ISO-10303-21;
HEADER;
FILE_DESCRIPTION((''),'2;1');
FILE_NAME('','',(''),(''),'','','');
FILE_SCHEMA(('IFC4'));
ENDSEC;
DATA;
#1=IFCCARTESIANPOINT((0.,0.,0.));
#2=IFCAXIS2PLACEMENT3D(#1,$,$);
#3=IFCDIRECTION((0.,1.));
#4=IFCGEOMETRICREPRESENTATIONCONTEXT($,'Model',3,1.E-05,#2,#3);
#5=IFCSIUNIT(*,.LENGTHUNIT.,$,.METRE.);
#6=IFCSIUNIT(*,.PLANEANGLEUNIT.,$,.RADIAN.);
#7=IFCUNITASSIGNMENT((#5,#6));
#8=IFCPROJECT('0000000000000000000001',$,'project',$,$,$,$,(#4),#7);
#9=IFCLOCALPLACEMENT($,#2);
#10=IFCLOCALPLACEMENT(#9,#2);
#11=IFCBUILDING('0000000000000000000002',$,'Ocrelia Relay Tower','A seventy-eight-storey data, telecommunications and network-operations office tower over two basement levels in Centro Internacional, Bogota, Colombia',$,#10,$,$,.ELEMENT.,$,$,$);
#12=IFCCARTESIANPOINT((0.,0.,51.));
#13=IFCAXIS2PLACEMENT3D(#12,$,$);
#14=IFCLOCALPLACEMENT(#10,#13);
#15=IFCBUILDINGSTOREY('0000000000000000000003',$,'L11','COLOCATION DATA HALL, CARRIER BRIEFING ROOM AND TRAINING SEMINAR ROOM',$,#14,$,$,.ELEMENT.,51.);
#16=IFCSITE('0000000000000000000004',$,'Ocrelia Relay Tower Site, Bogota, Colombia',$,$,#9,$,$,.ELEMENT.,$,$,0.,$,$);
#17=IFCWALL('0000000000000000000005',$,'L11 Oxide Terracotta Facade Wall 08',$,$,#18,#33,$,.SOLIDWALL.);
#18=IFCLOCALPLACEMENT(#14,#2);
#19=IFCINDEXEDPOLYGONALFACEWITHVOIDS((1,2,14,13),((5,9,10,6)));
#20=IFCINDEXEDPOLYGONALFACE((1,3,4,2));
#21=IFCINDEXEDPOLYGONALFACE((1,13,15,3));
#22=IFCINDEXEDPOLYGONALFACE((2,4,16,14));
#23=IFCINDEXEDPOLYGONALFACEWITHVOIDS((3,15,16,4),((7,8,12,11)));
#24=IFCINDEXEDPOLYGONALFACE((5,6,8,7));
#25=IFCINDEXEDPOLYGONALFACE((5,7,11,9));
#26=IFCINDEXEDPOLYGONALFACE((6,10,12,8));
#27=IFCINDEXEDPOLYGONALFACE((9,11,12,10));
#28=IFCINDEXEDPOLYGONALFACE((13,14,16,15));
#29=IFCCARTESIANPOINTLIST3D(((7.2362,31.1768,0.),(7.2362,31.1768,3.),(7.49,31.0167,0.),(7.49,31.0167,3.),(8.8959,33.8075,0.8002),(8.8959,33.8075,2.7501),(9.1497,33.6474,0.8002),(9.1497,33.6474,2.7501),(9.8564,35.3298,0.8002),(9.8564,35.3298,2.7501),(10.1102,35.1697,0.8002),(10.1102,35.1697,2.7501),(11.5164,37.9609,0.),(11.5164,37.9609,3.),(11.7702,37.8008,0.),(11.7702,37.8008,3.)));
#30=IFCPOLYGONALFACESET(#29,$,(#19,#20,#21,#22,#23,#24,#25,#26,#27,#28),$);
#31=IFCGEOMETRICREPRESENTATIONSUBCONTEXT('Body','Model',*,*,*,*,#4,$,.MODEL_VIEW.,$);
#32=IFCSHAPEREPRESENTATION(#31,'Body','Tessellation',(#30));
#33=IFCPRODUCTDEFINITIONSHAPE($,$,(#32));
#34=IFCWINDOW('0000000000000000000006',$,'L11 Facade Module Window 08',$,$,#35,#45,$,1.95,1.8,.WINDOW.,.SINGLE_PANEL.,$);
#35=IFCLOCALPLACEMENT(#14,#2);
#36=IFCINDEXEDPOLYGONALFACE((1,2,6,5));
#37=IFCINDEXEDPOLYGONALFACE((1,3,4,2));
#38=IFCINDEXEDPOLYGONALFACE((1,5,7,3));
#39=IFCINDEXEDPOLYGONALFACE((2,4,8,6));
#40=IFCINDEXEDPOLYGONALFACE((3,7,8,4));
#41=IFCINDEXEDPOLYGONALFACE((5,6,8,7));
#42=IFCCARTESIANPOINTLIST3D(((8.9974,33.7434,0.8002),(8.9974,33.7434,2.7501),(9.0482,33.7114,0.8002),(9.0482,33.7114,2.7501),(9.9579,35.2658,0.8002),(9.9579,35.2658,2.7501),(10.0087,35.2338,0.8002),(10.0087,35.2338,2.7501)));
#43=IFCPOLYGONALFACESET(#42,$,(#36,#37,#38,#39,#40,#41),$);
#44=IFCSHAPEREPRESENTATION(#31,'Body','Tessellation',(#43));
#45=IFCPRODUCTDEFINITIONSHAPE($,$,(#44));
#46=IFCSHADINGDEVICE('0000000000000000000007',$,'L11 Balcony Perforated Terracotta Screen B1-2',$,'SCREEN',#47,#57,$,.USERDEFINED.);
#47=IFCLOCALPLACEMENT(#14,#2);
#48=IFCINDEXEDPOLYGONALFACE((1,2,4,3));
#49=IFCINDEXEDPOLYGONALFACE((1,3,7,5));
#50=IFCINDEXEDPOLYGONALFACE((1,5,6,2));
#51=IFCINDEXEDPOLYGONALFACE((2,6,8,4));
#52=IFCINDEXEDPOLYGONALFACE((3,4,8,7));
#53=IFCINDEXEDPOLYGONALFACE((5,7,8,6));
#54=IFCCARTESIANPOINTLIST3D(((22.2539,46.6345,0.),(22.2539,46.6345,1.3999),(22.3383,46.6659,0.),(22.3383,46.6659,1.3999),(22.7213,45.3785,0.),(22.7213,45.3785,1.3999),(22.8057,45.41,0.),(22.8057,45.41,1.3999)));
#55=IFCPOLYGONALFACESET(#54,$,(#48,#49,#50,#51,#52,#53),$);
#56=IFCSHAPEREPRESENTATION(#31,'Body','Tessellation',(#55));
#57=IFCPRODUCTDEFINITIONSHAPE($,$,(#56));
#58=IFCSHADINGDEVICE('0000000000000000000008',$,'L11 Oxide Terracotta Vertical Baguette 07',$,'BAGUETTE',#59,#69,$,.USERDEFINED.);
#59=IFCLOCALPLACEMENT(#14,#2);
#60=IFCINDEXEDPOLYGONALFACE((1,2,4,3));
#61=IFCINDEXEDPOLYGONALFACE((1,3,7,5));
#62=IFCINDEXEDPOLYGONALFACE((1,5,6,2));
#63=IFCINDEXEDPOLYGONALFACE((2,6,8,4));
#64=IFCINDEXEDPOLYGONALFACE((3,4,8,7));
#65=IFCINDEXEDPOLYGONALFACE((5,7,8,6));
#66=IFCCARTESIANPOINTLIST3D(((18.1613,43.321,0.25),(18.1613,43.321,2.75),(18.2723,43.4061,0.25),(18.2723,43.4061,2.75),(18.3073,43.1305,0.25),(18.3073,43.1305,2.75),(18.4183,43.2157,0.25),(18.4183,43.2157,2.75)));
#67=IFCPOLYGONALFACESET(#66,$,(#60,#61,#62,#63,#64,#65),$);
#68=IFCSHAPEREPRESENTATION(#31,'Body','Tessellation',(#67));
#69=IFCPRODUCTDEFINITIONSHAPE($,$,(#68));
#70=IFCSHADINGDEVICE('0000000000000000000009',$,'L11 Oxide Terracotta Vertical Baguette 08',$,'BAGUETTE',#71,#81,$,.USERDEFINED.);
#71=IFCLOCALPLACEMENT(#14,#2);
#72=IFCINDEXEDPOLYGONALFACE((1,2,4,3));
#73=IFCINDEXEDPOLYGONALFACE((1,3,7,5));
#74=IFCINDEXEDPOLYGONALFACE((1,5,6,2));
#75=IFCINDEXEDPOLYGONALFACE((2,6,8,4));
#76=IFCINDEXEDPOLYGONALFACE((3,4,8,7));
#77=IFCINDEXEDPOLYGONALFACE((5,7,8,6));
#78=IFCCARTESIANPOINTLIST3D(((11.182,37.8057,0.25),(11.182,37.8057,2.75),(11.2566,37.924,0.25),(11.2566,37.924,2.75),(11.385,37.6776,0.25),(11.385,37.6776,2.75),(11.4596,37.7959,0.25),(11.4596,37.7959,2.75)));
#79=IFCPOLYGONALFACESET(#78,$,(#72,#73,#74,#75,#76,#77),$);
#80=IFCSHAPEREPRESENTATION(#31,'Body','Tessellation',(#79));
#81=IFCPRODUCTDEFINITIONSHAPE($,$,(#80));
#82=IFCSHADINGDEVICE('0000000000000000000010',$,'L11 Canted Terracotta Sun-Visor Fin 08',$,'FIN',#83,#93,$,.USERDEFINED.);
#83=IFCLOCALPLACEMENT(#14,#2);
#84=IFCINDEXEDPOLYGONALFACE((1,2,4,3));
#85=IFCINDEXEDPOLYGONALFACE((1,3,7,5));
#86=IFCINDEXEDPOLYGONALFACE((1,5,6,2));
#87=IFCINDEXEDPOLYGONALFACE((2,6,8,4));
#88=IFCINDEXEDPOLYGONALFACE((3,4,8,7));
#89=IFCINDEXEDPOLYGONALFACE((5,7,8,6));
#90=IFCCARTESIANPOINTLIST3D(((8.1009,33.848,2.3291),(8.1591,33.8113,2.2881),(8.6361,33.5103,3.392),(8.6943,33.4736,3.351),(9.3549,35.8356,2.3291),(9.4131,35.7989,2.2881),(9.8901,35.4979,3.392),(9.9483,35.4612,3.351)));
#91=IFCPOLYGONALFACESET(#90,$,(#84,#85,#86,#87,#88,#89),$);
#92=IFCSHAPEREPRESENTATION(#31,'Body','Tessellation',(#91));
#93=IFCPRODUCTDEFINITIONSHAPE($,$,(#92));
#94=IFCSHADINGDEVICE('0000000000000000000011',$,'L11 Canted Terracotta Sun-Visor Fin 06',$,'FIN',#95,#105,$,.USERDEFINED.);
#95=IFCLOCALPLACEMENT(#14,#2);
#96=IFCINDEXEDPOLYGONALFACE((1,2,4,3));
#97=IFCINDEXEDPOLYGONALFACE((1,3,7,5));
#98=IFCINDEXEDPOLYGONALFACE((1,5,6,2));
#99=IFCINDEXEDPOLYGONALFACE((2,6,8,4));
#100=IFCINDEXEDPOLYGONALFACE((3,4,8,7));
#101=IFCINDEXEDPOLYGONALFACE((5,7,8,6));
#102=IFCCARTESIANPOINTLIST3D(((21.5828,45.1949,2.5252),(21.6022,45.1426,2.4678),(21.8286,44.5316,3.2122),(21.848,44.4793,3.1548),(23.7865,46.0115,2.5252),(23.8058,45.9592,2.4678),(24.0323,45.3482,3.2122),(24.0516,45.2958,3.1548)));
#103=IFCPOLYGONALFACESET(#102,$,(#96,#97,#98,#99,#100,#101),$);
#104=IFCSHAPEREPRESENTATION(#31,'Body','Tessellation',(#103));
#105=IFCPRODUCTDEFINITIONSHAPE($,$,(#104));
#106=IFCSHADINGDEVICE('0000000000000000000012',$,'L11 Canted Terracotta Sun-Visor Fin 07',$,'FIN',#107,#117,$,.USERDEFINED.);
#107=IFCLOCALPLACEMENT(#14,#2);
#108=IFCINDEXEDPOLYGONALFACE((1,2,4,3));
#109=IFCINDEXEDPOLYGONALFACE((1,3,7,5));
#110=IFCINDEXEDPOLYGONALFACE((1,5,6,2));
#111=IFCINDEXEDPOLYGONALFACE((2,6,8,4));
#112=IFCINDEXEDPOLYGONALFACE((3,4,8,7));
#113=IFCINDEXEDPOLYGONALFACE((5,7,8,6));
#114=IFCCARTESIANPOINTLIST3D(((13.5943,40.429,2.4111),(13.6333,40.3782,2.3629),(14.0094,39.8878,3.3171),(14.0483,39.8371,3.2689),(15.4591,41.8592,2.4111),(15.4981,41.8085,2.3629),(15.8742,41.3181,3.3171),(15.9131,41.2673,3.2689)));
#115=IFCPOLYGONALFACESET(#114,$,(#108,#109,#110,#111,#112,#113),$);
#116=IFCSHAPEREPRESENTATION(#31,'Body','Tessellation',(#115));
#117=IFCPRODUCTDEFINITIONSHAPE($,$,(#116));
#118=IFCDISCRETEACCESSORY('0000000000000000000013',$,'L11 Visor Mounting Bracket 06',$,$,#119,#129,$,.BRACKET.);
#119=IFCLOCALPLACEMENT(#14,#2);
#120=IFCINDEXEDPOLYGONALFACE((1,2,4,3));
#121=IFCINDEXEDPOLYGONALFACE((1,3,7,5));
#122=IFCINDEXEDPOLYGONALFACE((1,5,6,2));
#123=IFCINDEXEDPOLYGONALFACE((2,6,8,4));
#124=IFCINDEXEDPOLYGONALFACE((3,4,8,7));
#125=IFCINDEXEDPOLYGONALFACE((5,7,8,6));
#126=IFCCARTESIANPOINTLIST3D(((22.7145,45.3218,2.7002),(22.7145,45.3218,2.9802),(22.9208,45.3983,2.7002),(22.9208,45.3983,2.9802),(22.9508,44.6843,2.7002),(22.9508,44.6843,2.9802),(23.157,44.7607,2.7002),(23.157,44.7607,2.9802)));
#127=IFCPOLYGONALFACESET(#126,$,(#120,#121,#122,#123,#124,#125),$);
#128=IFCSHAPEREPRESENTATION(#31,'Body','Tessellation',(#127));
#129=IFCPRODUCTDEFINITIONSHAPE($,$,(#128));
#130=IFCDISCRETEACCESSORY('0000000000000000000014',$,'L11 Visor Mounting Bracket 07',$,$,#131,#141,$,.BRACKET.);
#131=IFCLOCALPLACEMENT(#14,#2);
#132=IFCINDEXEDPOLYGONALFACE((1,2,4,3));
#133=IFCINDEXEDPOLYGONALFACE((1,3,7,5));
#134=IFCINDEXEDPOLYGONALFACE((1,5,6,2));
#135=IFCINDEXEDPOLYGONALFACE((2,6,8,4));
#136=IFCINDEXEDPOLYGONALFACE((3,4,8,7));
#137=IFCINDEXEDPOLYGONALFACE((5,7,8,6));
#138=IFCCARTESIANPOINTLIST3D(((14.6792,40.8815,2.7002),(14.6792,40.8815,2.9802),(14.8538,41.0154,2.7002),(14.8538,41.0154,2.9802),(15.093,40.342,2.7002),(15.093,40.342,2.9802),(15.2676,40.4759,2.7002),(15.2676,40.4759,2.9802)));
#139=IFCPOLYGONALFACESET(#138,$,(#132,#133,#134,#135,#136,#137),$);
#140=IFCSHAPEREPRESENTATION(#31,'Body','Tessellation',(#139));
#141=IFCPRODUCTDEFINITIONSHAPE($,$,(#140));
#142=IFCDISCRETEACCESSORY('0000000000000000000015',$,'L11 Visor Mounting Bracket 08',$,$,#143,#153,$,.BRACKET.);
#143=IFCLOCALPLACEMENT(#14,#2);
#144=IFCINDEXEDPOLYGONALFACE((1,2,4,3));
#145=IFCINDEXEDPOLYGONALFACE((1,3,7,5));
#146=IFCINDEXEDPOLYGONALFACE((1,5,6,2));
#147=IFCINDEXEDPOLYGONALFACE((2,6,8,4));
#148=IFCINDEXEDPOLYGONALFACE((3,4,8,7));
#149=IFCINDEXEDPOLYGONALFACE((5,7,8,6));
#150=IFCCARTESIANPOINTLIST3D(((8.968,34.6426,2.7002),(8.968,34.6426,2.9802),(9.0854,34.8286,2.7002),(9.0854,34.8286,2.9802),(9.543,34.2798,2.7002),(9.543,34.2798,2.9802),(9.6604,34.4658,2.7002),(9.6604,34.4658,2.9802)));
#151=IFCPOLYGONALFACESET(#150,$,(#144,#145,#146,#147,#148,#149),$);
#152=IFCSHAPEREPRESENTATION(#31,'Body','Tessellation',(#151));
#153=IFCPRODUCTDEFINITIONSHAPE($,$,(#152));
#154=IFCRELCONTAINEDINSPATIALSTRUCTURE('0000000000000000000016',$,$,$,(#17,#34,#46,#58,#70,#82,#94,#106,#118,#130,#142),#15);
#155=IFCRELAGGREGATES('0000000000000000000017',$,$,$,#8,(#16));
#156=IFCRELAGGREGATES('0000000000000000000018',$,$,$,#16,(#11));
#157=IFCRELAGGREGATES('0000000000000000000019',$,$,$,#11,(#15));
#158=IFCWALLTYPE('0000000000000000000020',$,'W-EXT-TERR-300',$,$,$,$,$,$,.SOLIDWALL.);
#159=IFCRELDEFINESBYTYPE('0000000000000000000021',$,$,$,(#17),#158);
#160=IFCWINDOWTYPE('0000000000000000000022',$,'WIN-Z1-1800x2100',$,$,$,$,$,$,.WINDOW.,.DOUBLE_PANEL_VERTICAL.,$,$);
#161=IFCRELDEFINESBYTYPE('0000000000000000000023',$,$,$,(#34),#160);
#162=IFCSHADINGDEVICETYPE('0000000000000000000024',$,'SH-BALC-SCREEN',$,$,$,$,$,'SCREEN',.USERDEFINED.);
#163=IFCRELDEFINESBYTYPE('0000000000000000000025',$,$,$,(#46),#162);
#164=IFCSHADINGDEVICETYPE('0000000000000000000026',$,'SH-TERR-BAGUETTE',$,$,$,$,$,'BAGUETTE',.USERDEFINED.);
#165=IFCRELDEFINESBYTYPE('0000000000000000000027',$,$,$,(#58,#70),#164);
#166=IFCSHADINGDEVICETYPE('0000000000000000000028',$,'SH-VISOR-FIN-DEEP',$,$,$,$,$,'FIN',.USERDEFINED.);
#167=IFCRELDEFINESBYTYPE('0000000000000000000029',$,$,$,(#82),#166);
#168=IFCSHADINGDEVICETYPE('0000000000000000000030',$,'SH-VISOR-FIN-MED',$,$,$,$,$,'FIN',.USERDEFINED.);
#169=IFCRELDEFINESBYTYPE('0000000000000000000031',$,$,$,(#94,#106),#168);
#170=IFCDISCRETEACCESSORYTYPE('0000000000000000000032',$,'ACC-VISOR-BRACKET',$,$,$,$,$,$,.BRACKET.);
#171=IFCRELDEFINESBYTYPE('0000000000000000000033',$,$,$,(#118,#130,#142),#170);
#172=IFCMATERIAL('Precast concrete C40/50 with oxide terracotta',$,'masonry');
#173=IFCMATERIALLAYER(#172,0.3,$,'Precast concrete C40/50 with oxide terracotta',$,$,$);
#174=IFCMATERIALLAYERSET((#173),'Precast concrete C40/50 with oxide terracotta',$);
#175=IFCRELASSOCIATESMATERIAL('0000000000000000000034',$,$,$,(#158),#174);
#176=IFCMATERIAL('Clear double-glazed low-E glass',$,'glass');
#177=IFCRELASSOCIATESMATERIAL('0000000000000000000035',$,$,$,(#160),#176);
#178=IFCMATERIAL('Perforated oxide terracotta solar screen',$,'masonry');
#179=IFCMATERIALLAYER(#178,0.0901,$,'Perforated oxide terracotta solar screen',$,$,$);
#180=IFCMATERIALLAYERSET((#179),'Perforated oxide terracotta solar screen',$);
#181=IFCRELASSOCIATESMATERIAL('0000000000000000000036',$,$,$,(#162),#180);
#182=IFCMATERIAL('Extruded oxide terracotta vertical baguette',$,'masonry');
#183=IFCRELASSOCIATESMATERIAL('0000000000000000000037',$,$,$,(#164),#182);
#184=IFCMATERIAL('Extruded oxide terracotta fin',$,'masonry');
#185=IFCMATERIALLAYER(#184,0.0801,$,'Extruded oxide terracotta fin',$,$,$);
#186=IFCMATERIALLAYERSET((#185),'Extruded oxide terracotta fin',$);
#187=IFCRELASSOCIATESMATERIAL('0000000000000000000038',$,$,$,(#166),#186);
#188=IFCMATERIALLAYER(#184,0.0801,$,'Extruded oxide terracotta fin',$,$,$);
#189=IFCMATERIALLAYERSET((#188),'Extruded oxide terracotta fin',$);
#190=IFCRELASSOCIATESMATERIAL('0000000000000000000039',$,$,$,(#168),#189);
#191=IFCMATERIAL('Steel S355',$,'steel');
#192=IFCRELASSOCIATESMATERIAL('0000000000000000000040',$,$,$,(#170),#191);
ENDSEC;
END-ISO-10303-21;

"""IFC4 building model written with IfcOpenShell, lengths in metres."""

from ifc_helpers import new_model, si_unit, direction, frame, frame_2d, origin, origin_2d, place, context, subcontext, project, spatial, rectangle, extrude, material, layer, layer_set, type_object, element, fill, save


model = new_model("IFC4")

# Units and contexts
model_context = context("Model", 3, precision=1e-05, world=origin(), true_north=direction((0.0, 1.0)))
body_context = subcontext(model_context, "Body", "Model", "MODEL_VIEW")
ifc_project = project(units=[si_unit("LENGTHUNIT", "METRE"), si_unit("PLANEANGLEUNIT", "RADIAN")], contexts=[model_context])

# Site, building, storey
site_placement = place(None, origin())
site = spatial("IfcSite", under=ifc_project, at=site_placement, Name="Ocrelia Relay Tower Site, Bogota, Colombia", CompositionType="ELEMENT", RefElevation=0.0)
building_placement = place(site_placement, origin())
building = spatial("IfcBuilding", under=site, at=building_placement, Name="Ocrelia Relay Tower", Description="A seventy-eight-storey data, telecommunications and network-operations office tower over two basement levels in Centro Internacional, Bogota, Colombia", CompositionType="ELEMENT")
storey_placement = place(building_placement, frame((0.0, 0.0, 51.0)))
storey = spatial("IfcBuildingStorey", under=building, at=storey_placement, Name="L11", Description="COLOCATION DATA HALL, CARRIER BRIEFING ROOM AND TRAINING SEMINAR ROOM", CompositionType="ELEMENT", Elevation=51.0)

# Shared definitions
ifc_material_1 = material(Name="Steel S355", Category="steel")

# Wall, opening, window
ifc_material_2 = material(Name="Precast concrete C40/50 with oxide terracotta", Category="masonry")
ifc_layer_1 = layer(ifc_material_2, 0.3, Name="Precast concrete C40/50 with oxide terracotta")
ifc_layer_set_1 = layer_set([ifc_layer_1], Name="Precast concrete C40/50 with oxide terracotta")
wall_type_1 = type_object("IfcWallType", Name="W-EXT-TERR-300", PredefinedType="SOLIDWALL", material=ifc_layer_set_1)
ifc_material_3 = material(Name="Clear double-glazed low-E glass", Category="glass")
window_type = type_object("IfcWindowType", Name="WIN-Z1-1800x2100", PartitioningType="DOUBLE_PANEL_VERTICAL", PredefinedType="WINDOW", material=ifc_material_3)
wall_1_placement = place(storey_placement, frame((11.6433, 37.8809, 0.0), z_axis=(0.0, 0.0, 1.0), x_axis=(-0.533594, -0.84574, 0.0)))
wall_1 = element("IfcWall", 1, at=wall_1_placement, inside=storey, type_object=wall_type_1, Name="L11 Oxide Terracotta Facade Wall 08", PredefinedType="SOLIDWALL", context=body_context, shape_type="SweptSolid", body=[
    extrude(rectangle(XDim=8.0215, YDim=0.3, at=frame_2d((4.0107, 0.0))), origin(), (0.0, 0.0, 1.0), 3.0),
])
opening_1_placement = place(wall_1_placement, frame((3.1111, 0.0, 0.8)))
opening_1 = element("IfcOpeningElement", 2, at=opening_1_placement, cuts=wall_1, PredefinedType="OPENING", context=body_context, shape_type="SweptSolid", body=[
    extrude(rectangle(XDim=1.8, YDim=1.95, at=frame_2d((0.8999, 0.9751))), frame((0.0, 0.1602, 0.0), z_axis=(0.0, -1.0, 0.0), x_axis=(1.0, 0.0, 0.0)), (0.0, 0.0, 1.0), 0.3201),
])
window_1_placement = place(opening_1_placement, origin())
window_1 = element("IfcWindow", 3, at=window_1_placement, inside=storey, type_object=window_type, Name="L11 Facade Module Window 08", OverallHeight=1.95, OverallWidth=1.8, PartitioningType="SINGLE_PANEL", PredefinedType="WINDOW", context=body_context, shape_type="SweptSolid", body=[
    extrude(rectangle(XDim=1.8, YDim=1.95, at=frame_2d((0.8999, 0.9751))), frame((0.0, 0.03, 0.0), z_axis=(0.0, -1.0, 0.0), x_axis=(1.0, 0.0, 0.0)), (0.0, 0.0, 1.0), 0.0601),
])
fill(opening_1, window_1)

# Shading devices
ifc_material_4 = material(Name="Perforated oxide terracotta solar screen", Category="masonry")
ifc_layer_2 = layer(ifc_material_4, 0.0901, Name="Perforated oxide terracotta solar screen")
ifc_layer_set_2 = layer_set([ifc_layer_2], Name="Perforated oxide terracotta solar screen")
shading_device_type_1 = type_object("IfcShadingDeviceType", Name="SH-BALC-SCREEN", ElementType="SCREEN", PredefinedType="USERDEFINED", material=ifc_layer_set_2)
shading_device_1_placement = place(storey_placement, frame((22.5298, 46.0222, 0.0), z_axis=(0.0, 0.0, 1.0), x_axis=(-0.348786, 0.937202, 0.0)))
element("IfcShadingDevice", 4, at=shading_device_1_placement, inside=storey, type_object=shading_device_type_1, Name="L11 Balcony Perforated Terracotta Screen B1-2", ObjectType="SCREEN", PredefinedType="USERDEFINED", context=body_context, shape_type="SweptSolid", body=[
    extrude(rectangle(XDim=1.3401, YDim=0.0901, at=origin_2d()), origin(), (0.0, 0.0, 1.0), 1.3999),
])
ifc_material_5 = material(Name="Extruded oxide terracotta vertical baguette", Category="masonry")
shading_device_type_2 = type_object("IfcShadingDeviceType", Name="SH-TERR-BAGUETTE", ElementType="BAGUETTE", PredefinedType="USERDEFINED", material=ifc_material_5)
for number, where, z_axis, x_axis, name in (
    (5, (18.2898, 43.2683, 0.25), (0.0, 0.0, 1.0), (-0.793489, -0.608585, 0.0), "L11 Oxide Terracotta Vertical Baguette 07"),
    (6, (11.3208, 37.8008, 0.25), (0.0, 0.0, 1.0), (-0.533601, -0.845736, 0.0), "L11 Oxide Terracotta Vertical Baguette 08"),
):
    element("IfcShadingDevice", number, at=place(storey_placement, frame(where, z_axis=z_axis, x_axis=x_axis)), inside=storey, type_object=shading_device_type_2, Name=name, ObjectType="BAGUETTE", PredefinedType="USERDEFINED", context=body_context, shape_type="SweptSolid", body=[
        extrude(rectangle(XDim=0.1399, YDim=0.24, at=origin_2d()), origin(), (0.0, 0.0, 1.0), 2.5),
    ])
ifc_material_6 = material(Name="Extruded oxide terracotta fin", Category="masonry")
ifc_layer_3 = layer(ifc_material_6, 0.0801, Name="Extruded oxide terracotta fin")
ifc_layer_set_3 = layer_set([ifc_layer_3], Name="Extruded oxide terracotta fin")
shading_device_type_3 = type_object("IfcShadingDeviceType", Name="SH-VISOR-FIN-DEEP", ElementType="FIN", PredefinedType="USERDEFINED", material=ifc_layer_set_3)
shading_device_2_placement = place(storey_placement, frame((9.0537, 34.6362, 2.8196), z_axis=(-0.72668, 0.458485, 0.511593), x_axis=(-0.533601, -0.845736, 0.0)))
element("IfcShadingDevice", 7, at=shading_device_2_placement, inside=storey, type_object=shading_device_type_3, Name="L11 Canted Terracotta Sun-Visor Fin 08", ObjectType="FIN", PredefinedType="USERDEFINED", context=body_context, shape_type="SweptSolid", body=[
    extrude(rectangle(XDim=2.3501, YDim=1.2371, at=origin_2d()), origin(), (0.0, 0.0, 1.0), 0.0801),
])
ifc_layer_4 = layer(ifc_material_6, 0.0801, Name="Extruded oxide terracotta fin")
ifc_layer_set_4 = layer_set([ifc_layer_4], Name="Extruded oxide terracotta fin")
shading_device_type_4 = type_object("IfcShadingDeviceType", Name="SH-VISOR-FIN-MED", ElementType="FIN", PredefinedType="USERDEFINED", material=ifc_layer_set_4)
shading_device_3_placement = place(storey_placement, frame((22.8269, 45.2192, 2.8113), z_axis=(-0.242061, 0.653259, 0.717397), x_axis=(-0.937696, -0.347457, 0.0)))
element("IfcShadingDevice", 8, at=shading_device_3_placement, inside=storey, type_object=shading_device_type_4, Name="L11 Canted Terracotta Sun-Visor Fin 06", ObjectType="FIN", PredefinedType="USERDEFINED", context=body_context, shape_type="SweptSolid", body=[
    extrude(rectangle(XDim=2.3501, YDim=0.9861, at=origin_2d()), origin(), (0.0, 0.0, 1.0), 0.0801),
])
shading_device_4_placement = place(storey_placement, frame((14.7732, 40.8228, 2.8159), z_axis=(-0.486229, 0.633958, 0.601397), x_axis=(-0.793489, -0.608585, 0.0)))
element("IfcShadingDevice", 9, at=shading_device_4_placement, inside=storey, type_object=shading_device_type_4, Name="L11 Canted Terracotta Sun-Visor Fin 07", ObjectType="FIN", PredefinedType="USERDEFINED", context=body_context, shape_type="SweptSolid", body=[
    extrude(rectangle(XDim=2.3501, YDim=1.134, at=origin_2d()), origin(), (0.0, 0.0, 1.0), 0.0801),
])

# Discrete accessories
discrete_accessory_type = type_object("IfcDiscreteAccessoryType", Name="ACC-VISOR-BRACKET", PredefinedType="BRACKET", material=ifc_material_1)
for number, where, z_axis, x_axis, name in (
    (10, (22.9358, 45.0413, 2.7002), (0.0, 0.0, 1.0), (-0.937696, -0.347457, 0.0), "L11 Visor Mounting Bracket 06"),
    (11, (14.9734, 40.6787, 2.7002), (0.0, 0.0, 1.0), (-0.793489, -0.608585, 0.0), "L11 Visor Mounting Bracket 07"),
    (12, (9.3142, 34.5542, 2.7002), (0.0, 0.0, 1.0), (-0.533601, -0.845736, 0.0), "L11 Visor Mounting Bracket 08"),
):
    element("IfcDiscreteAccessory", number, at=place(storey_placement, frame(where, z_axis=z_axis, x_axis=x_axis)), inside=storey, type_object=discrete_accessory_type, Name=name, PredefinedType="BRACKET", context=body_context, shape_type="SweptSolid", body=[
        extrude(rectangle(XDim=0.22, YDim=0.6799, at=origin_2d()), origin(), (0.0, 0.0, 1.0), 0.28),
    ])

save(model, "model.ifc")
